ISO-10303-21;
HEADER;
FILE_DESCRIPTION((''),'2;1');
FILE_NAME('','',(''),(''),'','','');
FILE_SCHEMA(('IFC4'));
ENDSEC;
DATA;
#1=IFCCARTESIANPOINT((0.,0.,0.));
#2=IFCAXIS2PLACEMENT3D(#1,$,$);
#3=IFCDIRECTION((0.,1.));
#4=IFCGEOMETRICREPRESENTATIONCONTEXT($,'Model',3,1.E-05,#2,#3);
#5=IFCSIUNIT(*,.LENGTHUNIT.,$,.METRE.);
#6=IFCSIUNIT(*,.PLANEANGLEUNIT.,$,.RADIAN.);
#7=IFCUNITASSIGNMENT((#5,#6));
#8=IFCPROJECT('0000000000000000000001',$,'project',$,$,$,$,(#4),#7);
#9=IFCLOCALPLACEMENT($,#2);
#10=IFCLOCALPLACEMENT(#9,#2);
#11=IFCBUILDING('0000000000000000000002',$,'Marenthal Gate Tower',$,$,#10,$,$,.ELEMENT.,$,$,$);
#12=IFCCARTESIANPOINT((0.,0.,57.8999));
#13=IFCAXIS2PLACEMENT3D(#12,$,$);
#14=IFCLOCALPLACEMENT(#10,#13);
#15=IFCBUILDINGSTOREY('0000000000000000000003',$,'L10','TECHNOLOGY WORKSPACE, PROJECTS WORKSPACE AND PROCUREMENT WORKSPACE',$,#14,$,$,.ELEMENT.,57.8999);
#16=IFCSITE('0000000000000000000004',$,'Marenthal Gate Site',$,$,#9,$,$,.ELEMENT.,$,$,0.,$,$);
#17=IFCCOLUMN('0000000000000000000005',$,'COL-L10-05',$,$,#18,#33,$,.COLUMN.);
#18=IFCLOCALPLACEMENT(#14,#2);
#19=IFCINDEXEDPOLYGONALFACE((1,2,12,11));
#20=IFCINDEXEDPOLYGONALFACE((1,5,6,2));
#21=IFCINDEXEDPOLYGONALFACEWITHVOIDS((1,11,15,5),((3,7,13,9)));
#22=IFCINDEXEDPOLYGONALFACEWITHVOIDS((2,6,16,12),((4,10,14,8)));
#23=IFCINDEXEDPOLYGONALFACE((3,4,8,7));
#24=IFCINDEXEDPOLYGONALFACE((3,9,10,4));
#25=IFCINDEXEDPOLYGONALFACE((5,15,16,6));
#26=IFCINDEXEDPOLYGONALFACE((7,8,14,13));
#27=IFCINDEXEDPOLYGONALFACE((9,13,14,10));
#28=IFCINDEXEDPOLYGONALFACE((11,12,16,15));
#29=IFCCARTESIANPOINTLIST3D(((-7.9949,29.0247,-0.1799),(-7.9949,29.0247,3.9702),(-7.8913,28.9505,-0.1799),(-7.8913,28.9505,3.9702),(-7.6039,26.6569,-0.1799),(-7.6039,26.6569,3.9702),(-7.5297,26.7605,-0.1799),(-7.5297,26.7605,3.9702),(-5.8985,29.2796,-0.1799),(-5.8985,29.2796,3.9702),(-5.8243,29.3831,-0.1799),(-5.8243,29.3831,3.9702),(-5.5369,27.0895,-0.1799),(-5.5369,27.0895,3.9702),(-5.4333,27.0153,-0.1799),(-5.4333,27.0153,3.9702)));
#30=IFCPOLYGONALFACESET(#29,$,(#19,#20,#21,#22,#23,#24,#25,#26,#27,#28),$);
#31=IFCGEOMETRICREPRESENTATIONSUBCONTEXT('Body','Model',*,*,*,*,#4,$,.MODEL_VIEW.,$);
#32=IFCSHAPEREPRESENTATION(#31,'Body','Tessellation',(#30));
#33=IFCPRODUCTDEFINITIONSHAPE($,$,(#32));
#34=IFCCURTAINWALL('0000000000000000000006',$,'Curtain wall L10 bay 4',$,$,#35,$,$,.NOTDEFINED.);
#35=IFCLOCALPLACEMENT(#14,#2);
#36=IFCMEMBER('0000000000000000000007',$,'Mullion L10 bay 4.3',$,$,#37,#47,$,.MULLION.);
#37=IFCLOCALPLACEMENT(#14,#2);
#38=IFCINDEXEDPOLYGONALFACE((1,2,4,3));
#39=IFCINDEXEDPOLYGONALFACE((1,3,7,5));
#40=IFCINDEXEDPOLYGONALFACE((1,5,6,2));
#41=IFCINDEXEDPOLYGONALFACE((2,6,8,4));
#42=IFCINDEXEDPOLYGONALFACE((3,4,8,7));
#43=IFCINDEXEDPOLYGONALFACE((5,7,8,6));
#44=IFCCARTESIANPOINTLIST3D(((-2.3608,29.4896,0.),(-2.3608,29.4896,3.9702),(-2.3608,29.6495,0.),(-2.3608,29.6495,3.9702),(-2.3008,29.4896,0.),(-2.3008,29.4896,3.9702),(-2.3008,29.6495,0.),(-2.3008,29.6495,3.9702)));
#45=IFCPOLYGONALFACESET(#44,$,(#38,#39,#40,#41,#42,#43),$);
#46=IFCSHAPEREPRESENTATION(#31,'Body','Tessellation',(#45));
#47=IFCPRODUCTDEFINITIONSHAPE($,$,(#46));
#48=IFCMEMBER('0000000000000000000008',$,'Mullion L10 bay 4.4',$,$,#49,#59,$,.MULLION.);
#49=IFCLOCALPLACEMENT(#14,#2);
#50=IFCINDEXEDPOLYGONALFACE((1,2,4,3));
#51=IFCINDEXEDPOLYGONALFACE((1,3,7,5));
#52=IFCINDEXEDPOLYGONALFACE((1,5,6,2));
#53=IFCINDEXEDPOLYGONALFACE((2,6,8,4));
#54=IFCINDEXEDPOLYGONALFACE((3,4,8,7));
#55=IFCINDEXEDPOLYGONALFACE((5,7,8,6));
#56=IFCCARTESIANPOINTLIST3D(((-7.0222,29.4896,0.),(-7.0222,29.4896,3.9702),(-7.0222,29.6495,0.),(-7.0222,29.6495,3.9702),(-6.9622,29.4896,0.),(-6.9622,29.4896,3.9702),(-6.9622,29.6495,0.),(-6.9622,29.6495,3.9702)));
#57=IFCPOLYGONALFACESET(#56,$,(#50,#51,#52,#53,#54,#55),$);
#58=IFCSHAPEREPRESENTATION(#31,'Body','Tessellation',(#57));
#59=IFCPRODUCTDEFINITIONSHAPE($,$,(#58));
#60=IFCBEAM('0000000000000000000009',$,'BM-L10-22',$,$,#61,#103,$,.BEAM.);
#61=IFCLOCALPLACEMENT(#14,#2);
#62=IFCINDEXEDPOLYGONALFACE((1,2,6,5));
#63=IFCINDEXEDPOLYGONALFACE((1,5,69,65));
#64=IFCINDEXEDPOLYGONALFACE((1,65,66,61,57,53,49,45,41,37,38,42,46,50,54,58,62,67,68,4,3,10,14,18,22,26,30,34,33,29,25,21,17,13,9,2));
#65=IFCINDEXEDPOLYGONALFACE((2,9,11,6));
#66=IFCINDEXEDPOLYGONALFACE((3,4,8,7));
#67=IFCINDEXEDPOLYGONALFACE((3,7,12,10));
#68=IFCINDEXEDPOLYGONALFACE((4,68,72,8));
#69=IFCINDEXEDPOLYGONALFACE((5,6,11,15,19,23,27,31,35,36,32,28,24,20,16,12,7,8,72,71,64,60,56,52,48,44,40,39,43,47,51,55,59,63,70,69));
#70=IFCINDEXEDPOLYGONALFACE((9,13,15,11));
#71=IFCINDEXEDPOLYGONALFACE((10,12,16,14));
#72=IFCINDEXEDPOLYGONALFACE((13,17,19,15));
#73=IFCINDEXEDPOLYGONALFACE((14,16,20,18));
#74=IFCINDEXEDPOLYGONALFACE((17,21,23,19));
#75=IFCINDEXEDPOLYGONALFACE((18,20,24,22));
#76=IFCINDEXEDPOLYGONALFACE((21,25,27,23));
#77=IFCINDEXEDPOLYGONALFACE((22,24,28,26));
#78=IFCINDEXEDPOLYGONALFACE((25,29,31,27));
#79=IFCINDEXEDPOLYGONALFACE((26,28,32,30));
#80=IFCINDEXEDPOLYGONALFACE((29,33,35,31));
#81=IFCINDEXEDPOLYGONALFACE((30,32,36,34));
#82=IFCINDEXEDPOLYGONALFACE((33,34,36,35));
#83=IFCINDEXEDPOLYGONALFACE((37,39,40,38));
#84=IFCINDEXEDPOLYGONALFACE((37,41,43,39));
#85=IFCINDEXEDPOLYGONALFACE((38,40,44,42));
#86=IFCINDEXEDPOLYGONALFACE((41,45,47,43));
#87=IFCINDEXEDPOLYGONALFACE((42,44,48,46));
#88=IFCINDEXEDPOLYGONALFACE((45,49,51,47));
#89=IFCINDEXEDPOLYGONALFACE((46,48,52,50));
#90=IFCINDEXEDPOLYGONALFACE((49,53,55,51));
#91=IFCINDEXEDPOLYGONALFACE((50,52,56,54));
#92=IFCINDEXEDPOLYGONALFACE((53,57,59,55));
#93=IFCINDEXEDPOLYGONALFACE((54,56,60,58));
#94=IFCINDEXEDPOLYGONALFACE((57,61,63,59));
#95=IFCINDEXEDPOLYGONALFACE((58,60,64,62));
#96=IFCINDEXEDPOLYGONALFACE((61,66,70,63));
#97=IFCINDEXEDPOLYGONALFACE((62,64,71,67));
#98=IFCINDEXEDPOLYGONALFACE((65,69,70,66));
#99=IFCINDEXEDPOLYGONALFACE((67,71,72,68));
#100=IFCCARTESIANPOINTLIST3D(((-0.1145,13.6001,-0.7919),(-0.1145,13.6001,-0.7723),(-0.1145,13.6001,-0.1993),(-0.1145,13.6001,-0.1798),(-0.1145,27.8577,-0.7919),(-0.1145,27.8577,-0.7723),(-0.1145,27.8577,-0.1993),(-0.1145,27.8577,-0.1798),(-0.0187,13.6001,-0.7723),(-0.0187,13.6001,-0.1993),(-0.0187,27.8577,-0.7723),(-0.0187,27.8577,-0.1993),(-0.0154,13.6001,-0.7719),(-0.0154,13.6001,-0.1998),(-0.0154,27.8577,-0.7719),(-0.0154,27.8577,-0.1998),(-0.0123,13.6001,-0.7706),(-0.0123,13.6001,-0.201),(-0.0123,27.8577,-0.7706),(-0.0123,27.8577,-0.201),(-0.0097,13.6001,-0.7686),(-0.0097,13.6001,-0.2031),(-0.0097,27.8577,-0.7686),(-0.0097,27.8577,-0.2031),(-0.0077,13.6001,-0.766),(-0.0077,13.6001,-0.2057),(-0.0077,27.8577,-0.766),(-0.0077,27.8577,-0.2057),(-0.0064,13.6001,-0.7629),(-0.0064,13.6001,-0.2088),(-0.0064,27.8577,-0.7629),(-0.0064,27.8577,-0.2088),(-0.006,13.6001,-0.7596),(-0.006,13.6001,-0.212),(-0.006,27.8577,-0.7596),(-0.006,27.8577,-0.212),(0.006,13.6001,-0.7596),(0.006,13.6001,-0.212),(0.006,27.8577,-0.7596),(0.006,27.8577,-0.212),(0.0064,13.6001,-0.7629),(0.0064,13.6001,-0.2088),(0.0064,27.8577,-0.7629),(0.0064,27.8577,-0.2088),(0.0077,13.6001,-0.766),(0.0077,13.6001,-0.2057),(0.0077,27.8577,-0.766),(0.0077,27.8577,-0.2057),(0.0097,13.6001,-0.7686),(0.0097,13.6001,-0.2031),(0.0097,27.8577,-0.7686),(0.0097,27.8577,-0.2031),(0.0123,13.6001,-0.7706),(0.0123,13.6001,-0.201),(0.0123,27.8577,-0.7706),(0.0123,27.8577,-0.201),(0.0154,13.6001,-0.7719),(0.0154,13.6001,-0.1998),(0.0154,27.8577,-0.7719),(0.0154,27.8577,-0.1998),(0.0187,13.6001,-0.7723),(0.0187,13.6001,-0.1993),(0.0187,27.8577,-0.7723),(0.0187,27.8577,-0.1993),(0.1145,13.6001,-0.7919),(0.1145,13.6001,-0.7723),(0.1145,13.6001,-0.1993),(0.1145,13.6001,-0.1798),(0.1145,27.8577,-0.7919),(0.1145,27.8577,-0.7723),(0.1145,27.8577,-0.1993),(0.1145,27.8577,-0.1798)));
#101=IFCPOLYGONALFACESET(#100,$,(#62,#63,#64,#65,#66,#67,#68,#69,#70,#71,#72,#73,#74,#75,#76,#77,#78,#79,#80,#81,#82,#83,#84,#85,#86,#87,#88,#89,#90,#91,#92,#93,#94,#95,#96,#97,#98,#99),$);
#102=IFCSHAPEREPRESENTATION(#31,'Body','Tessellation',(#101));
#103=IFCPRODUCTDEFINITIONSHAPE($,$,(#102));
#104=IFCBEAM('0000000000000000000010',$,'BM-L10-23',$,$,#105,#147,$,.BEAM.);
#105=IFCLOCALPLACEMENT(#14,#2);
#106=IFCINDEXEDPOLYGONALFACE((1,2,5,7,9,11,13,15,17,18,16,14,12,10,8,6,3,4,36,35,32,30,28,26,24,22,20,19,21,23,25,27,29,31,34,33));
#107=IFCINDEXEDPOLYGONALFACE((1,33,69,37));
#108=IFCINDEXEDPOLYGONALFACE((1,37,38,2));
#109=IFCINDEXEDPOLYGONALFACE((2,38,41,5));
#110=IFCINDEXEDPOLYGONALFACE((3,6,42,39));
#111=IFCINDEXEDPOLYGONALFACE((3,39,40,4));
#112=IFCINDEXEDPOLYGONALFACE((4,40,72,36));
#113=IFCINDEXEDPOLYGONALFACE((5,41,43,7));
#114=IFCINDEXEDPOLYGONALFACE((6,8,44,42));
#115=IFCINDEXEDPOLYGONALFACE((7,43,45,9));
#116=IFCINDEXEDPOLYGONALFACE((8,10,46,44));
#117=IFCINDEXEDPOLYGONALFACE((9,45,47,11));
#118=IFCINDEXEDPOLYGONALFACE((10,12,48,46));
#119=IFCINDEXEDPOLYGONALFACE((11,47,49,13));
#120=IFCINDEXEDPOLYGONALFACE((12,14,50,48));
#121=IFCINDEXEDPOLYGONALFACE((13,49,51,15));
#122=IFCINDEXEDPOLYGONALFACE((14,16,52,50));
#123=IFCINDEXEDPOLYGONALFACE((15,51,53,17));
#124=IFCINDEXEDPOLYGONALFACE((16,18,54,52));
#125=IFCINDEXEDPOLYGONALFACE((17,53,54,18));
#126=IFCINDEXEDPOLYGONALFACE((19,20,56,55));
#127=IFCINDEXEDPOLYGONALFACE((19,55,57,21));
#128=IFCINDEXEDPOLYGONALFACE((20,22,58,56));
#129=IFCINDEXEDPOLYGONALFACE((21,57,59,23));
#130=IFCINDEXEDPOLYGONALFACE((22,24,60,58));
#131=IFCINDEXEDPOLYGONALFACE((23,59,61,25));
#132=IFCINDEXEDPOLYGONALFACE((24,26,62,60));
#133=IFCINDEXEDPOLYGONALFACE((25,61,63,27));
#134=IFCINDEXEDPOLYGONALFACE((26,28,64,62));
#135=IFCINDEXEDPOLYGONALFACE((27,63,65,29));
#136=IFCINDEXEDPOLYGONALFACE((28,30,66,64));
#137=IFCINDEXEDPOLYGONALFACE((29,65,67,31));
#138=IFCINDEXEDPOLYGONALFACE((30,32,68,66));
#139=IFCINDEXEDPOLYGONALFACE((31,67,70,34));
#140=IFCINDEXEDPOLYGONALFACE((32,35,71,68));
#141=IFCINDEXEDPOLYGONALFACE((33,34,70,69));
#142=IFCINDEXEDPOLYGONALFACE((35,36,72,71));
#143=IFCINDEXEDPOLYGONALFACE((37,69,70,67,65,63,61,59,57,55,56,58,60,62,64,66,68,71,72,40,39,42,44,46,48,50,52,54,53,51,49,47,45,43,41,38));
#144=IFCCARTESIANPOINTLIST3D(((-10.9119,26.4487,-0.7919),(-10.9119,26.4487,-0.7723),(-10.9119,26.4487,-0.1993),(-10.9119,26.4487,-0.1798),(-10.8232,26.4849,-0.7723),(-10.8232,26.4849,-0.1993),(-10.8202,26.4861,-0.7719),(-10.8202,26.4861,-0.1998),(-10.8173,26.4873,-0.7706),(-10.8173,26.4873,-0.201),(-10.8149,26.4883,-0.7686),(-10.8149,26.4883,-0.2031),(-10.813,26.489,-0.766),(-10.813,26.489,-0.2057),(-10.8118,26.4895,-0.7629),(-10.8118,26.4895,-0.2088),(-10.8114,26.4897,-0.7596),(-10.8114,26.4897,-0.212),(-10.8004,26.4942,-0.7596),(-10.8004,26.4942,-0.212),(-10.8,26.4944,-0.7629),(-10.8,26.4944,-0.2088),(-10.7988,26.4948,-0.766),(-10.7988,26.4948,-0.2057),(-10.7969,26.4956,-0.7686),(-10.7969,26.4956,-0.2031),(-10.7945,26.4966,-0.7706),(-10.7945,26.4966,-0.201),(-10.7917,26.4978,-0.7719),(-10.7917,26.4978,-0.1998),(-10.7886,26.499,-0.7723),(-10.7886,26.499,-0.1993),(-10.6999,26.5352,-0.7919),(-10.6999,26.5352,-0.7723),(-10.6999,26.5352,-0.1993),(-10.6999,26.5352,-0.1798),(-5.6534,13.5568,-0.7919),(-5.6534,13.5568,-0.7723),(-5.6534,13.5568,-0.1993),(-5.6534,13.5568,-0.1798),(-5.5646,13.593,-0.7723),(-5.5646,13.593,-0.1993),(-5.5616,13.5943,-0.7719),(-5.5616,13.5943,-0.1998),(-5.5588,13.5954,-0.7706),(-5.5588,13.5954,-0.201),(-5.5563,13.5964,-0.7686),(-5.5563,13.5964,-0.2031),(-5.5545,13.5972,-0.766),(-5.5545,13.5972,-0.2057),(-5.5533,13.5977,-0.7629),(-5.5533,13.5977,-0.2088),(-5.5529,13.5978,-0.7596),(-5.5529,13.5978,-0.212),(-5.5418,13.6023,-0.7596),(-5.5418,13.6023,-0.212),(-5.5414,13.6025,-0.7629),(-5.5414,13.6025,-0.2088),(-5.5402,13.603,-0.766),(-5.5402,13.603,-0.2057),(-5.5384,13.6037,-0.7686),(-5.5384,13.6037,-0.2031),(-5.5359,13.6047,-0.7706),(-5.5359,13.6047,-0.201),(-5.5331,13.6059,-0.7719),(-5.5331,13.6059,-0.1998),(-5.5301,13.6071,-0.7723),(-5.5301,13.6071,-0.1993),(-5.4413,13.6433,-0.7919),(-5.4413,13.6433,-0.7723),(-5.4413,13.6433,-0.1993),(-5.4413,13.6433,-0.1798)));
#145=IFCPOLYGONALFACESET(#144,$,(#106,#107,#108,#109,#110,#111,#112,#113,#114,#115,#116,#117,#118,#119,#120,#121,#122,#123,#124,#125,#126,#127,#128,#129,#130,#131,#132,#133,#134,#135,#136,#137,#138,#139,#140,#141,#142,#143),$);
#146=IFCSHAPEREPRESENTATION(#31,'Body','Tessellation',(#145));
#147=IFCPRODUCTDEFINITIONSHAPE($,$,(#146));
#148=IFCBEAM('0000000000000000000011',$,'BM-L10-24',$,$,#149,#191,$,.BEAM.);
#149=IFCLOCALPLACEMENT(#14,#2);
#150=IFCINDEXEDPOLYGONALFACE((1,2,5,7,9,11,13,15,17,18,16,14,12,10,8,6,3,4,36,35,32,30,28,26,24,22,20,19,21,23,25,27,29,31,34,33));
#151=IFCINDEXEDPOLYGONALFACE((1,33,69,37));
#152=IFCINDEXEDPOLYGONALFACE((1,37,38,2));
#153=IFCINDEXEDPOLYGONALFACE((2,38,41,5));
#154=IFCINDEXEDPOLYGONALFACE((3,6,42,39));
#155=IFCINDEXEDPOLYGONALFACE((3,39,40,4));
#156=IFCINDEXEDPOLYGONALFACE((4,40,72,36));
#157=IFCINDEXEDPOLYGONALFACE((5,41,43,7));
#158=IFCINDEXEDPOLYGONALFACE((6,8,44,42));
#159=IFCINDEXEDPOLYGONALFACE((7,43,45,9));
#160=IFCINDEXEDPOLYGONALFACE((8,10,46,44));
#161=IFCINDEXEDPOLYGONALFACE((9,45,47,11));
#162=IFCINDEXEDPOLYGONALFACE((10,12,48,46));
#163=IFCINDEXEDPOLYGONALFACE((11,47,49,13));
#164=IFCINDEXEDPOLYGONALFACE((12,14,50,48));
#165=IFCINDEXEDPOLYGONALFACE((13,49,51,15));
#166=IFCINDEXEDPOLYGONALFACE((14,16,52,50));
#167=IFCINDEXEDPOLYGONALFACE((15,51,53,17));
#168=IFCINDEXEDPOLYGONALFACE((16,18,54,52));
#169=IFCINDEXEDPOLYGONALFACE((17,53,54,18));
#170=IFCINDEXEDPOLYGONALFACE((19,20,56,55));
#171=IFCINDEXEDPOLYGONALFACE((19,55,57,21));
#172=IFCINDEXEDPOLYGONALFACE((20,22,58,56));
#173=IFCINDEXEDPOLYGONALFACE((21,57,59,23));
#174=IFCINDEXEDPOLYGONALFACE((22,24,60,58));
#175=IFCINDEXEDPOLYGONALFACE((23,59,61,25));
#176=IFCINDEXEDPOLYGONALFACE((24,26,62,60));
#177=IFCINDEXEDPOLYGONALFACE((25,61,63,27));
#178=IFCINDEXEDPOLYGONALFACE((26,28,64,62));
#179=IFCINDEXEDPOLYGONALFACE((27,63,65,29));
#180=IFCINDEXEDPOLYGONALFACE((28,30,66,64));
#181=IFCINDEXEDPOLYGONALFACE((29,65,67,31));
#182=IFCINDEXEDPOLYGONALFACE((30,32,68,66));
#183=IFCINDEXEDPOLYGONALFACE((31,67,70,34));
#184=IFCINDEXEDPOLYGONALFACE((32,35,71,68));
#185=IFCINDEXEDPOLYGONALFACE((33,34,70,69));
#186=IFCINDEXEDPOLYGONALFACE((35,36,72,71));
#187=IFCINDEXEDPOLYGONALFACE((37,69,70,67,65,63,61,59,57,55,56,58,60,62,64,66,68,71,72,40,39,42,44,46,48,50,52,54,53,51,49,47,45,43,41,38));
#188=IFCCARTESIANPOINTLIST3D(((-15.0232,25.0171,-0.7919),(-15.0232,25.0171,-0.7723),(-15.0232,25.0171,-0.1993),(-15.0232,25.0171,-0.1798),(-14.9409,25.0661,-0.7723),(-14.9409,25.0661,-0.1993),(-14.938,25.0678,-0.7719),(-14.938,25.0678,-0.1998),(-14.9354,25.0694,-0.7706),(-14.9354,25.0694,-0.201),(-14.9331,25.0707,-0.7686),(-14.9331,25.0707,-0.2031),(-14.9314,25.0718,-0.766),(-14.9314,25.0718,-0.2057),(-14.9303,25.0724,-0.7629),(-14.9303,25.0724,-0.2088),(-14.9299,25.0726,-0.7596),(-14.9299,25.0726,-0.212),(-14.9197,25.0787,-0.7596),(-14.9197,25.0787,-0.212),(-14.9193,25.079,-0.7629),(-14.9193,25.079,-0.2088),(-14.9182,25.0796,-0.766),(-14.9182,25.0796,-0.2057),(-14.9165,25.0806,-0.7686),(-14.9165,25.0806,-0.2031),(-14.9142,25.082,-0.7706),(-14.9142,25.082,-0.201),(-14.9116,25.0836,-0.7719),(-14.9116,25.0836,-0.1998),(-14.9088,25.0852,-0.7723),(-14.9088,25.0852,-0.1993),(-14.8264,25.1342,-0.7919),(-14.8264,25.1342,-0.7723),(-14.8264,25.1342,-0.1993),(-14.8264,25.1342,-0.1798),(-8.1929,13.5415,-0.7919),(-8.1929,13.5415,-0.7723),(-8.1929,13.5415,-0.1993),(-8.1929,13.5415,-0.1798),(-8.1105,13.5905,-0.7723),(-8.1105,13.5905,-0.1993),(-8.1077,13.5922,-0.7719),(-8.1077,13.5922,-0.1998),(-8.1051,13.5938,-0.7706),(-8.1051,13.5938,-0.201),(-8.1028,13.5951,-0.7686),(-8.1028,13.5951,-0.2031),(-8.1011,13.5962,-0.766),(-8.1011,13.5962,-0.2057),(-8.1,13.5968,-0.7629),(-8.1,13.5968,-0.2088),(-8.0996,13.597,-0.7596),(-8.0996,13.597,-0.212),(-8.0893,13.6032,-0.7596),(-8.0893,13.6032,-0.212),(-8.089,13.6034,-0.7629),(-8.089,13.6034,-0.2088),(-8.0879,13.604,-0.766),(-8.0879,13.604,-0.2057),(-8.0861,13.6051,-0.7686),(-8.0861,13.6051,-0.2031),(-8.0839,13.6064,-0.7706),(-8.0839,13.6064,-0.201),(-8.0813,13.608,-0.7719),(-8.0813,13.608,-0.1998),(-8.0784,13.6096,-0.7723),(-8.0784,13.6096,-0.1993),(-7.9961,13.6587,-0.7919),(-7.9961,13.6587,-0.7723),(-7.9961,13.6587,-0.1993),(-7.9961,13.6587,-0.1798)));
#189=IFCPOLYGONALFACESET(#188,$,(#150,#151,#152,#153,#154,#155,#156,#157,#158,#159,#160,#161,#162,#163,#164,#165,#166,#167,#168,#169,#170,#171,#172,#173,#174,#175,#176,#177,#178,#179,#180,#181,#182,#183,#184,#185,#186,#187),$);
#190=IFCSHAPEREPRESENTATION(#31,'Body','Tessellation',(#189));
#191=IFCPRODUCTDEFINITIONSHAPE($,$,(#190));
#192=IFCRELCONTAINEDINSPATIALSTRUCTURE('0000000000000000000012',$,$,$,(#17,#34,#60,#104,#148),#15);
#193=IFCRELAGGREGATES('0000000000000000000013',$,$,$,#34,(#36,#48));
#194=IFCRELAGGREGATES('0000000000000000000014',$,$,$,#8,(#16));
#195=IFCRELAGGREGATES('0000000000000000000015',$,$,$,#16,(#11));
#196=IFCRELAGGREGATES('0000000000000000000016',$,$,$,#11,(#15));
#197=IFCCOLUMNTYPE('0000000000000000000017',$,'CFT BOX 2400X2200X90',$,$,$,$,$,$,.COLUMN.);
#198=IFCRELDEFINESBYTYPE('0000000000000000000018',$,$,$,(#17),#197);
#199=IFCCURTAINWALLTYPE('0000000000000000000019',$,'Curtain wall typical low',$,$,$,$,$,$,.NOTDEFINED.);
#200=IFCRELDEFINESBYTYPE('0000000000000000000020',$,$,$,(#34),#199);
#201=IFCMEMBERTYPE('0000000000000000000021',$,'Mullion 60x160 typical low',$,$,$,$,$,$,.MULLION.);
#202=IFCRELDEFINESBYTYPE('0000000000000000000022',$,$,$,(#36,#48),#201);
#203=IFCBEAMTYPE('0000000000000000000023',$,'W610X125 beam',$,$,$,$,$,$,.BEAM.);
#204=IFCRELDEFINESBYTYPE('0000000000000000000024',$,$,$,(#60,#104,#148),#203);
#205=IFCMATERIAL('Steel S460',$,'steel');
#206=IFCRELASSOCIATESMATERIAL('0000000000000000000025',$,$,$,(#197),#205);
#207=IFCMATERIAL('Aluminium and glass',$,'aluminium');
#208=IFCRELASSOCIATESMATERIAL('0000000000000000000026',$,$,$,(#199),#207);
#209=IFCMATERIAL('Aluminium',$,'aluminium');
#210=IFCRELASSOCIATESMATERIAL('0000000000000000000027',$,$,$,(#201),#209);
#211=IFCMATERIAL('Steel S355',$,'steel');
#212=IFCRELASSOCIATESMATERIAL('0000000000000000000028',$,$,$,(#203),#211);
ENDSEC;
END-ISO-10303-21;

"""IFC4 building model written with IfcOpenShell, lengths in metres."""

from ifc_helpers import new_model, si_unit, direction, frame, origin, origin_2d, place, context, subcontext, project, spatial, rectangle, hollow_rectangle, i_section, extrude, material, material_profile, profile_set, type_object, element, aggregate, save


model = new_model("IFC4")

# Units and contexts
model_context = context("Model", 3, precision=1e-05, world=origin(), true_north=direction((0.0, 1.0)))
body_context = subcontext(model_context, "Body", "Model", "MODEL_VIEW")
ifc_project = project(units=[si_unit("LENGTHUNIT", "METRE"), si_unit("PLANEANGLEUNIT", "RADIAN")], contexts=[model_context])

# Site, building, storey
site_placement = place(None, origin())
site = spatial("IfcSite", under=ifc_project, at=site_placement, Name="Marenthal Gate Site", CompositionType="ELEMENT", RefElevation=0.0)
building_placement = place(site_placement, origin())
building = spatial("IfcBuilding", under=site, at=building_placement, Name="Marenthal Gate Tower", CompositionType="ELEMENT")
storey_placement = place(building_placement, frame((0.0, 0.0, 57.8999)))
storey = spatial("IfcBuildingStorey", under=building, at=storey_placement, Name="L10", Description="TECHNOLOGY WORKSPACE, PROJECTS WORKSPACE AND PROCUREMENT WORKSPACE", CompositionType="ELEMENT", Elevation=57.8999)

# Column
ifc_material_1 = material(Name="Steel S460", Category="steel")
ifc_material_profile_1 = material_profile(ifc_material_1, hollow_rectangle(XDim=2.2, YDim=2.3999, WallThickness=0.0901, at=origin_2d()), Name="CFT BOX 2400X2200X90")
ifc_material_2 = material(Name="Concrete 70 MPa", Category="concrete")
ifc_material_profile_2 = material_profile(ifc_material_2, rectangle(XDim=2.02, YDim=2.22, at=origin_2d()), Name="CFT BOX 2400X2200X90 INFILL")
ifc_profile_set_1 = profile_set([ifc_material_profile_1, ifc_material_profile_2], Name="Steel S460 shell, Concrete 70 MPa infill")
column_type = type_object("IfcColumnType", Name="CFT BOX 2400X2200X90", PredefinedType="COLUMN", material=ifc_profile_set_1)
column_placement = place(storey_placement, frame((-6.7141, 28.02, -0.1799), z_axis=(0.0, 0.0, 1.0), x_axis=(0.98664, 0.162918, 0.0)))
element("IfcColumn", 1, at=column_placement, inside=storey, type_object=column_type, Name="COL-L10-05", PredefinedType="COLUMN", context=body_context, shape_type="SweptSolid", body=[
    extrude(hollow_rectangle(XDim=2.2, YDim=2.3999, WallThickness=0.0901, at=origin_2d()), origin(), (0.0, 0.0, 1.0), 4.1501),
])

# Curtain wall, members
ifc_material_3 = material(Name="Aluminium and glass", Category="aluminium")
curtain_wall_type = type_object("IfcCurtainWallType", Name="Curtain wall typical low", PredefinedType="NOTDEFINED", material=ifc_material_3)
curtain_wall_placement = place(storey_placement, origin())
curtain_wall = element("IfcCurtainWall", 2, at=curtain_wall_placement, inside=storey, type_object=curtain_wall_type, Name="Curtain wall L10 bay 4", PredefinedType="NOTDEFINED")
ifc_material_4 = material(Name="Aluminium", Category="aluminium")
ifc_material_profile_3 = material_profile(ifc_material_4, rectangle(XDim=0.1599, YDim=0.0601, at=origin_2d()), Name="60x160 aluminium mullion")
ifc_profile_set_2 = profile_set([ifc_material_profile_3], Name="Aluminium")
member_type = type_object("IfcMemberType", Name="Mullion 60x160 typical low", PredefinedType="MULLION", material=ifc_profile_set_2)
member_1_placement = place(storey_placement, frame((-2.3308, 29.5696, 0.0), z_axis=(0.0, 0.0, 1.0), x_axis=(0.0, -1.0, 0.0)))
member_1 = element("IfcMember", 3, at=member_1_placement, type_object=member_type, Name="Mullion L10 bay 4.3", PredefinedType="MULLION", context=body_context, shape_type="SweptSolid", body=[
    extrude(rectangle(XDim=0.1599, YDim=0.0601, at=origin_2d()), origin(), (0.0, 0.0, 1.0), 3.9702),
])
member_2_placement = place(storey_placement, frame((-6.9922, 29.5696, 0.0), z_axis=(0.0, 0.0, 1.0), x_axis=(0.0, -1.0, 0.0)))
member_2 = element("IfcMember", 4, at=member_2_placement, type_object=member_type, Name="Mullion L10 bay 4.4", PredefinedType="MULLION", context=body_context, shape_type="SweptSolid", body=[
    extrude(rectangle(XDim=0.1599, YDim=0.0601, at=origin_2d()), origin(), (0.0, 0.0, 1.0), 3.9702),
])

# Beams
ifc_material_5 = material(Name="Steel S355", Category="steel")
ifc_material_profile_4 = material_profile(ifc_material_5, i_section(OverallWidth=0.229, OverallDepth=0.6121, WebThickness=0.012, FlangeThickness=0.0195, FilletRadius=0.0127, at=origin_2d()), Name="W610X125")
ifc_profile_set_3 = profile_set([ifc_material_profile_4], Name="Steel S355")
beam_type_1 = type_object("IfcBeamType", Name="W610X125 beam", PredefinedType="BEAM", material=ifc_profile_set_3)
beam_1_placement = place(storey_placement, frame((0.0, 27.8577, -0.4858), z_axis=(0.0, -1.0, 0.0), x_axis=(1.0, 0.0, 0.0)))
element("IfcBeam", 5, at=beam_1_placement, inside=storey, type_object=beam_type_1, Name="BM-L10-22", PredefinedType="BEAM", context=body_context, shape_type="SweptSolid", body=[
    extrude(i_section(OverallWidth=0.229, OverallDepth=0.6121, WebThickness=0.012, FlangeThickness=0.0195, FilletRadius=0.0127, at=origin_2d()), origin(), (0.0, 0.0, 1.0), 14.2576),
])
beam_2_placement = place(storey_placement, frame((-10.8059, 26.4919, -0.4858), z_axis=(0.377686, -0.925934, 0.0), x_axis=(0.925934, 0.377686, 0.0)))
element("IfcBeam", 6, at=beam_2_placement, inside=storey, type_object=beam_type_1, Name="BM-L10-23", PredefinedType="BEAM", context=body_context, shape_type="SweptSolid", body=[
    extrude(i_section(OverallWidth=0.229, OverallDepth=0.6121, WebThickness=0.012, FlangeThickness=0.0195, FilletRadius=0.0127, at=origin_2d()), origin(), (0.0, 0.0, 1.0), 13.9231),
])
beam_3_placement = place(storey_placement, frame((-14.9248, 25.0757, -0.4858), z_axis=(0.511463, -0.859306, 0.0), x_axis=(0.859306, 0.511463, 0.0)))
element("IfcBeam", 7, at=beam_3_placement, inside=storey, type_object=beam_type_1, Name="BM-L10-24", PredefinedType="BEAM", context=body_context, shape_type="SweptSolid", body=[
    extrude(i_section(OverallWidth=0.229, OverallDepth=0.6121, WebThickness=0.012, FlangeThickness=0.0195, FilletRadius=0.0127, at=origin_2d()), origin(), (0.0, 0.0, 1.0), 13.3545),
])

aggregate(curtain_wall, [member_1, member_2])

save(model, "model.ifc")
